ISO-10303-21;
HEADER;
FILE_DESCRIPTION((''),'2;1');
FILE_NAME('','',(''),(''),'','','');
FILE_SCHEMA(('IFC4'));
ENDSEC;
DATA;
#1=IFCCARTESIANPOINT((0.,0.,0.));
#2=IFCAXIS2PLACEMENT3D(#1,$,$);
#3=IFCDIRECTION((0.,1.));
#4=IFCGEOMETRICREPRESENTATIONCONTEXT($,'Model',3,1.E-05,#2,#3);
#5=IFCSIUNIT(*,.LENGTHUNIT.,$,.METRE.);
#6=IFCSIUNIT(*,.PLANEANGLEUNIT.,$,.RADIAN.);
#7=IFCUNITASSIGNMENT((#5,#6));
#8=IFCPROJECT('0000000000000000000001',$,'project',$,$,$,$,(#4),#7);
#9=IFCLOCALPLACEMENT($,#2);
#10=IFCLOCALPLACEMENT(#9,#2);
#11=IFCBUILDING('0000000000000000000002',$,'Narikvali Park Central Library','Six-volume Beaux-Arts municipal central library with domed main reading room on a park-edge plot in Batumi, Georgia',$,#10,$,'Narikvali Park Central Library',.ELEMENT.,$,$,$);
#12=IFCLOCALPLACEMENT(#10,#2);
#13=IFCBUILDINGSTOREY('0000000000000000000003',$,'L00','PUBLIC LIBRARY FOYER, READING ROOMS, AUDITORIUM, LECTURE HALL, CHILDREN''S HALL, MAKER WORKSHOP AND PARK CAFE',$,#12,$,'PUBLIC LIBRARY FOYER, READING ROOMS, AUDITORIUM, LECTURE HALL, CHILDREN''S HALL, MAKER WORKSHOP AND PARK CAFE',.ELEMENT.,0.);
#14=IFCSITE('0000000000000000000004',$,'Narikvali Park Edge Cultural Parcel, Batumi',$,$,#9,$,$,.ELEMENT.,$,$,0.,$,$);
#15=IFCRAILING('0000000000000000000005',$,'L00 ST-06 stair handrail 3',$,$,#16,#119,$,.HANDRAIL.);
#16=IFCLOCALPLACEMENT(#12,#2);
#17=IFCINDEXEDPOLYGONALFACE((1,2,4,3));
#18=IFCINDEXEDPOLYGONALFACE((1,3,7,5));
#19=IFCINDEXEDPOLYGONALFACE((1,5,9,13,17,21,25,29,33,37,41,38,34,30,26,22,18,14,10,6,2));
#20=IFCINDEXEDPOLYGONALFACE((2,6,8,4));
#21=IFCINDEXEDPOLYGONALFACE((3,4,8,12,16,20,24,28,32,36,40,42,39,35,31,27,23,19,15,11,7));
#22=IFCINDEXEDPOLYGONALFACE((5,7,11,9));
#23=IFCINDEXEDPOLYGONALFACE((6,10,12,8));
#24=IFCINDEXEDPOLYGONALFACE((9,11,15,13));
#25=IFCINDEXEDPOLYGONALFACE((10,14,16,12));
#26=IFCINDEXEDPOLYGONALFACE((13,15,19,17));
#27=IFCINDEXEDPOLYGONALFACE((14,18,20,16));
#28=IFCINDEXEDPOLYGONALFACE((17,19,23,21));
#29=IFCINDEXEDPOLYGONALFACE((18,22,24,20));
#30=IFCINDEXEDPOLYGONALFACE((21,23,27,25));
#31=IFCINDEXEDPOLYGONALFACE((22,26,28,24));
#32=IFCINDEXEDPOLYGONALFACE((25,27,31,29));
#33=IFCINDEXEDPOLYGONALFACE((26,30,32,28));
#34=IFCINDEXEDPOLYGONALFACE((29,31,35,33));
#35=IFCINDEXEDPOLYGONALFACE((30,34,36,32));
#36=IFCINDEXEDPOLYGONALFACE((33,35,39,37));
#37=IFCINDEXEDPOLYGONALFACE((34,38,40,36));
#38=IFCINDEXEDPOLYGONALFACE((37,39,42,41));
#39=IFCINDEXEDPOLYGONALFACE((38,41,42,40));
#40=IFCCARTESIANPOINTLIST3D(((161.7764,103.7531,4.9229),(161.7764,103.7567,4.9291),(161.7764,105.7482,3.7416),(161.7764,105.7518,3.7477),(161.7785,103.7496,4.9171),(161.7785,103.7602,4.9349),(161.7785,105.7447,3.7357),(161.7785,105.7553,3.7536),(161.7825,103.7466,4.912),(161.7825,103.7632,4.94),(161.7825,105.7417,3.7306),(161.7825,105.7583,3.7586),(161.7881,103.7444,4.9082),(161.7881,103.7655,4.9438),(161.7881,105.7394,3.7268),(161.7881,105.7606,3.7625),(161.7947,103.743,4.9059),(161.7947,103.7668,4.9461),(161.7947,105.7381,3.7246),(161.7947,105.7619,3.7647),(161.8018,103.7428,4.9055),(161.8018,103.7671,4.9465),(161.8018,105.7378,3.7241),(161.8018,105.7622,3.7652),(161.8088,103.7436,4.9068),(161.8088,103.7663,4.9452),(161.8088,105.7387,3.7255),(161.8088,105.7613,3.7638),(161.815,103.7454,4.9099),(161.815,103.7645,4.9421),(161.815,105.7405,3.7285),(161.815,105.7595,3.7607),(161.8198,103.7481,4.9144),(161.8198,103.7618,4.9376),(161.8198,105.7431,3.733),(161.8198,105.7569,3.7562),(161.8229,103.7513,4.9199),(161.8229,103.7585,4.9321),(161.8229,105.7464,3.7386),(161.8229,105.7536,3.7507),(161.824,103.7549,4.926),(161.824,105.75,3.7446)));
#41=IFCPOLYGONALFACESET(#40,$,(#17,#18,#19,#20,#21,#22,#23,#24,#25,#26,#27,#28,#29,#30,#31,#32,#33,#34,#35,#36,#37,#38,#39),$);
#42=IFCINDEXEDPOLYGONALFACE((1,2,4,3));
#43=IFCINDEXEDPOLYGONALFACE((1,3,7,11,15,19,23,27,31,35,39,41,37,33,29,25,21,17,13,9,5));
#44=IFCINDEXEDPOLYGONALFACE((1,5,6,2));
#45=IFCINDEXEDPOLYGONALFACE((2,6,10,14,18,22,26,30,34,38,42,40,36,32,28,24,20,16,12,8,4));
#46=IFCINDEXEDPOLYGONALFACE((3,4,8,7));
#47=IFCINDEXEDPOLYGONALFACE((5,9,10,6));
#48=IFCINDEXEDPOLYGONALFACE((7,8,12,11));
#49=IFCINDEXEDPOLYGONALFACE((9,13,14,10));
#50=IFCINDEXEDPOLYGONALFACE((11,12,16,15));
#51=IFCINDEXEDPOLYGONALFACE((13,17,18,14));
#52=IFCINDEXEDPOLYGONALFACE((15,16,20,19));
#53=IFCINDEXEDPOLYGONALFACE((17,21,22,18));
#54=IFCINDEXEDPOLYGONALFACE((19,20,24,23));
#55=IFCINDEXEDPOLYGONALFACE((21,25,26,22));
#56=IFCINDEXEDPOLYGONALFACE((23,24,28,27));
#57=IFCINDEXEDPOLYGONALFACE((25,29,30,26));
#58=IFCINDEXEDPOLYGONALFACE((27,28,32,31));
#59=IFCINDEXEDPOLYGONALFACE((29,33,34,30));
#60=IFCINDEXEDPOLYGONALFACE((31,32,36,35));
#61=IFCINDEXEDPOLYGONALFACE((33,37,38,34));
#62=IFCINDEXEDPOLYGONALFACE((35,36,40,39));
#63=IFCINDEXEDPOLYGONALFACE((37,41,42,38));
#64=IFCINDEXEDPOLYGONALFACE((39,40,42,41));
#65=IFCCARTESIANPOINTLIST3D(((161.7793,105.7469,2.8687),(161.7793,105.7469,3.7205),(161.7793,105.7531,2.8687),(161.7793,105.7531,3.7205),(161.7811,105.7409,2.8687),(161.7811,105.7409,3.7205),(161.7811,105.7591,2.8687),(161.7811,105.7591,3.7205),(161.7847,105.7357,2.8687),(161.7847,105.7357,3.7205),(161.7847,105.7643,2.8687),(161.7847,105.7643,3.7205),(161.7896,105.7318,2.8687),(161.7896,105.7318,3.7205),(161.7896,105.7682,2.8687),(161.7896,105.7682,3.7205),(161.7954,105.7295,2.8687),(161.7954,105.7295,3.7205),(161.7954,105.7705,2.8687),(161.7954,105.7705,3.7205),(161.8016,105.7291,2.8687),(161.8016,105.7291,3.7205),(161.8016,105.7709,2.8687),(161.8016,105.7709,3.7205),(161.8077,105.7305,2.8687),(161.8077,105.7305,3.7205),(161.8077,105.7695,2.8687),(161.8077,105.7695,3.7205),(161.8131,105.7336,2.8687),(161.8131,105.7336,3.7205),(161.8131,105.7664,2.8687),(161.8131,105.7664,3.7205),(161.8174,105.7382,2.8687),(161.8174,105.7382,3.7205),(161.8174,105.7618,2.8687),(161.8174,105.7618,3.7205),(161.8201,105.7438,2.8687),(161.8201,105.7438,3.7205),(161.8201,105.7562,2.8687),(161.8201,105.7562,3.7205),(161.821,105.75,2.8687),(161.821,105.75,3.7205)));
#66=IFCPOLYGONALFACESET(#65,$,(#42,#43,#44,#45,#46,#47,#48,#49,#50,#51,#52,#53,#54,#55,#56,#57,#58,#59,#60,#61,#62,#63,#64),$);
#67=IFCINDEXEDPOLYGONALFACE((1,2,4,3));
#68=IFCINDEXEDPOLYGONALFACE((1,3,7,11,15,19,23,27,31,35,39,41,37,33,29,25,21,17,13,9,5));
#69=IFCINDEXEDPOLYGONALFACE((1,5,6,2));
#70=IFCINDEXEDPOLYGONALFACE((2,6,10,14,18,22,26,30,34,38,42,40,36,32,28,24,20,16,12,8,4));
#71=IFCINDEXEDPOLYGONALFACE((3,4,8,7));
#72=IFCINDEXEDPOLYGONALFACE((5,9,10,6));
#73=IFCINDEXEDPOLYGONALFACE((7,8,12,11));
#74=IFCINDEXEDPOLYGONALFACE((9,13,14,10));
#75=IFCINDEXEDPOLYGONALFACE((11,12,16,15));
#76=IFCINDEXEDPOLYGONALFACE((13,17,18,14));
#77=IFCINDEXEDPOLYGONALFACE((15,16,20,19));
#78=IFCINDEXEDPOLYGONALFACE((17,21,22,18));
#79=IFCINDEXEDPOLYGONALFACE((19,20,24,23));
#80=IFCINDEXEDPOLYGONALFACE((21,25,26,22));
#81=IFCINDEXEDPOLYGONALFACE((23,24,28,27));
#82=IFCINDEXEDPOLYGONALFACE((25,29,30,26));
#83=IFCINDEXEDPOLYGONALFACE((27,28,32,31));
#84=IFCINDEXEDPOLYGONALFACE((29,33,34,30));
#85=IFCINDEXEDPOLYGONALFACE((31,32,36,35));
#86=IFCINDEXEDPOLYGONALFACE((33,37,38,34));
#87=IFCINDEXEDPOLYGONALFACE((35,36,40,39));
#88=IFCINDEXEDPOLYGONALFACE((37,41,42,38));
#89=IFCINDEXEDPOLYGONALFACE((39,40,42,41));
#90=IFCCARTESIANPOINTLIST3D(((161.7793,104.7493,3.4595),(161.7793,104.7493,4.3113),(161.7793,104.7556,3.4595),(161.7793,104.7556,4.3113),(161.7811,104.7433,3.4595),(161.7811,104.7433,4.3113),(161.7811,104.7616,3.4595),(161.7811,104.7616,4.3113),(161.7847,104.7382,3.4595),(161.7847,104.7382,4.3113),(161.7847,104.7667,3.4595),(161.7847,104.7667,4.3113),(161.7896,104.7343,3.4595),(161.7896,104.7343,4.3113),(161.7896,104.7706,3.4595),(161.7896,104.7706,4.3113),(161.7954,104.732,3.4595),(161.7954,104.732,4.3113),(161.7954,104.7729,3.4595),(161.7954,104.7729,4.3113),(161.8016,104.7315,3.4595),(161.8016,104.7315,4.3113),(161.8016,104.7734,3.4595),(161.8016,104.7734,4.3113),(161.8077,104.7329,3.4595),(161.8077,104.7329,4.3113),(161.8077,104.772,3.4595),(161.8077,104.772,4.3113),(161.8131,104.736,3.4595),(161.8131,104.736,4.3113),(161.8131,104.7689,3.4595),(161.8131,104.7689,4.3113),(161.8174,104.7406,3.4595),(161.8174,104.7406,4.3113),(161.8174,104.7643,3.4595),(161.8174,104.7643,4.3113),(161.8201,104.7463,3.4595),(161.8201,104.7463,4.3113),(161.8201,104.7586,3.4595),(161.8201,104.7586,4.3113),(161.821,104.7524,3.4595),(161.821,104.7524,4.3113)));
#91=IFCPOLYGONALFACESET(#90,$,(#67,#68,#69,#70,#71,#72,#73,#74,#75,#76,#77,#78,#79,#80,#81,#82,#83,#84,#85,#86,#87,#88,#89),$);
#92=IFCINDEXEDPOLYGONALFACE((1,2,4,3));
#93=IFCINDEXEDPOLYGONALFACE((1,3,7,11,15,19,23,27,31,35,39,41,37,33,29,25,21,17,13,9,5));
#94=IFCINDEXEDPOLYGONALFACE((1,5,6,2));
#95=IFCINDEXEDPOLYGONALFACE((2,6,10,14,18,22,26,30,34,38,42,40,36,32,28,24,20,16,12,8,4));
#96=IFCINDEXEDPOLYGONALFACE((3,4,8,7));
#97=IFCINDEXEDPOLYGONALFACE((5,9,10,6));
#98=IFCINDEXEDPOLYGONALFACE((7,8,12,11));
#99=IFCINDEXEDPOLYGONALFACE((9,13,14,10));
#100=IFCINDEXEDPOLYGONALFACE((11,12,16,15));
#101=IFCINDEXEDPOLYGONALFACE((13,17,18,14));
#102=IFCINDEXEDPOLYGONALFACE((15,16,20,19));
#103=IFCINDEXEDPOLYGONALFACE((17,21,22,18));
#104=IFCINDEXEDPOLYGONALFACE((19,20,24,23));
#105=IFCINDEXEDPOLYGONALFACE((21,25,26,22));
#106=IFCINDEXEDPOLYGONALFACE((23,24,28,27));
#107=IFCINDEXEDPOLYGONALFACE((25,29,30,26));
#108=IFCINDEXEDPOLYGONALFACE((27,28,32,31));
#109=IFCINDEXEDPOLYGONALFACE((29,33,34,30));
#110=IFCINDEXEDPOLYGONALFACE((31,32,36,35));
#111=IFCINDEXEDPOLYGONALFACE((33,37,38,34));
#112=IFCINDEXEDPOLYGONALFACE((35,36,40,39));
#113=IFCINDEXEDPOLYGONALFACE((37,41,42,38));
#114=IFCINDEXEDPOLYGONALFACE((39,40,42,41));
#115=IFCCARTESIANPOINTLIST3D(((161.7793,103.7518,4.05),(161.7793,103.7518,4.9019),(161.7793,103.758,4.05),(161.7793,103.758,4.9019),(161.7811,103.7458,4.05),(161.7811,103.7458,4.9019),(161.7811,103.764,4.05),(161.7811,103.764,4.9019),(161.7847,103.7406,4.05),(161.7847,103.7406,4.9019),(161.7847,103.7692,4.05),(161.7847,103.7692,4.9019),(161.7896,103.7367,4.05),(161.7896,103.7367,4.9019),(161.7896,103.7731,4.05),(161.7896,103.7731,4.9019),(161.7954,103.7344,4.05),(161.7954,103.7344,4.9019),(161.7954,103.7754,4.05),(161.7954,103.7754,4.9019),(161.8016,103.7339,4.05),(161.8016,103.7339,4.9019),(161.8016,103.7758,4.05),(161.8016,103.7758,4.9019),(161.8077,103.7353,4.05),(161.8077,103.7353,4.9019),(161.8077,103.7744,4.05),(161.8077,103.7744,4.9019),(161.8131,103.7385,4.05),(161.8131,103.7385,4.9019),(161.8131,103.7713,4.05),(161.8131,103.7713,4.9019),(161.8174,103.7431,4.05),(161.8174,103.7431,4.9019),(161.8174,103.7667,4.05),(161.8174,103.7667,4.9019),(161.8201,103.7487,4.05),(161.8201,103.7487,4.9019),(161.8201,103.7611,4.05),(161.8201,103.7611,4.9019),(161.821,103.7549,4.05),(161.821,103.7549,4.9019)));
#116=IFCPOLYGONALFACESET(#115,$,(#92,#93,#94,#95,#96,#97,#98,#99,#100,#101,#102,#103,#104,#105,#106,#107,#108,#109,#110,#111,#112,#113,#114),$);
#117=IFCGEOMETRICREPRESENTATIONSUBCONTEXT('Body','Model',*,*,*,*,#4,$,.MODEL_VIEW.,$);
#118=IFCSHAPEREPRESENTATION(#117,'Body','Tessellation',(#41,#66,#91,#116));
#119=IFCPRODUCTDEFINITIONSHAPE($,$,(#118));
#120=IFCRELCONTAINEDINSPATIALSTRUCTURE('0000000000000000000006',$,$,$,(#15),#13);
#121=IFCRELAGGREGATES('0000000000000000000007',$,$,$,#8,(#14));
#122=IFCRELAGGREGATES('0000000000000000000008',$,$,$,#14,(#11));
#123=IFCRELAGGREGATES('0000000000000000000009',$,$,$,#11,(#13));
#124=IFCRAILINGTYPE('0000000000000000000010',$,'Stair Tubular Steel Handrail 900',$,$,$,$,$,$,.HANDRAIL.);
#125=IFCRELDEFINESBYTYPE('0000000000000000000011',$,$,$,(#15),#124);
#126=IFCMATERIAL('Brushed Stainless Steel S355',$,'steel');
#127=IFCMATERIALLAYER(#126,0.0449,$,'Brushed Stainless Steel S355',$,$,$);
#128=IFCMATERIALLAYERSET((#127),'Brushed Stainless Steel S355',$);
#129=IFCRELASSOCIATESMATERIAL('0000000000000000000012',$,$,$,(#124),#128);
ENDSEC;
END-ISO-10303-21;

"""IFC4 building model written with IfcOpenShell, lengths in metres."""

from ifc_helpers import new_model, si_unit, direction, frame, origin, origin_2d, place, context, subcontext, project, spatial, circle, extrude, material, layer, layer_set, type_object, element, save


model = new_model("IFC4")

# Units and contexts
model_context = context("Model", 3, precision=1e-05, world=origin(), true_north=direction((0.0, 1.0)))
body_context = subcontext(model_context, "Body", "Model", "MODEL_VIEW")
ifc_project = project(units=[si_unit("LENGTHUNIT", "METRE"), si_unit("PLANEANGLEUNIT", "RADIAN")], contexts=[model_context])

# Site, building, storey
site_placement = place(None, origin())
site = spatial("IfcSite", under=ifc_project, at=site_placement, Name="Narikvali Park Edge Cultural Parcel, Batumi", CompositionType="ELEMENT", RefElevation=0.0)
building_placement = place(site_placement, origin())
building = spatial("IfcBuilding", under=site, at=building_placement, Name="Narikvali Park Central Library", Description="Six-volume Beaux-Arts municipal central library with domed main reading room on a park-edge plot in Batumi, Georgia", LongName="Narikvali Park Central Library", CompositionType="ELEMENT")
storey_placement = place(building_placement, origin())
storey = spatial("IfcBuildingStorey", under=building, at=storey_placement, Name="L00", Description="PUBLIC LIBRARY FOYER, READING ROOMS, AUDITORIUM, LECTURE HALL, CHILDREN'S HALL, MAKER WORKSHOP AND PARK CAFE", LongName="PUBLIC LIBRARY FOYER, READING ROOMS, AUDITORIUM, LECTURE HALL, CHILDREN'S HALL, MAKER WORKSHOP AND PARK CAFE", CompositionType="ELEMENT", Elevation=0.0)

# Shared definitions
ifc_material_1 = material(Name="Brushed Stainless Steel S355", Category="steel")

# Railing
ifc_layer_1 = layer(ifc_material_1, 0.0449, Name="Brushed Stainless Steel S355")
ifc_layer_set_1 = layer_set([ifc_layer_1], Name="Brushed Stainless Steel S355")
railing_type_1 = type_object("IfcRailingType", Name="Stair Tubular Steel Handrail 900", PredefinedType="HANDRAIL", material=ifc_layer_set_1)
railing_1_placement = place(storey_placement, frame((161.8, 105.75, 2.8687)))
element("IfcRailing", 1, at=railing_1_placement, inside=storey, type_object=railing_type_1, Name="L00 ST-06 stair handrail 3", PredefinedType="HANDRAIL", context=body_context, shape_type="SweptSolid", body=[
    extrude(circle(Radius=0.0239, at=origin_2d()), frame((0.0, 0.0, 0.876), z_axis=(0.0, -0.860461, 0.509517), x_axis=(1.0, 0.0, 0.0)), (0.0, 0.0, 1.0), 2.3186),
    extrude(circle(Radius=0.021, at=origin_2d()), origin(), (0.0, 0.0, 1.0), 0.8518),
    extrude(circle(Radius=0.021, at=origin_2d()), frame((0.0, -0.9976, 0.5908)), (0.0, 0.0, 1.0), 0.8518),
    extrude(circle(Radius=0.021, at=origin_2d()), frame((0.0, -1.9951, 1.1814)), (0.0, 0.0, 1.0), 0.8518),
])

save(model, "model.ifc")
